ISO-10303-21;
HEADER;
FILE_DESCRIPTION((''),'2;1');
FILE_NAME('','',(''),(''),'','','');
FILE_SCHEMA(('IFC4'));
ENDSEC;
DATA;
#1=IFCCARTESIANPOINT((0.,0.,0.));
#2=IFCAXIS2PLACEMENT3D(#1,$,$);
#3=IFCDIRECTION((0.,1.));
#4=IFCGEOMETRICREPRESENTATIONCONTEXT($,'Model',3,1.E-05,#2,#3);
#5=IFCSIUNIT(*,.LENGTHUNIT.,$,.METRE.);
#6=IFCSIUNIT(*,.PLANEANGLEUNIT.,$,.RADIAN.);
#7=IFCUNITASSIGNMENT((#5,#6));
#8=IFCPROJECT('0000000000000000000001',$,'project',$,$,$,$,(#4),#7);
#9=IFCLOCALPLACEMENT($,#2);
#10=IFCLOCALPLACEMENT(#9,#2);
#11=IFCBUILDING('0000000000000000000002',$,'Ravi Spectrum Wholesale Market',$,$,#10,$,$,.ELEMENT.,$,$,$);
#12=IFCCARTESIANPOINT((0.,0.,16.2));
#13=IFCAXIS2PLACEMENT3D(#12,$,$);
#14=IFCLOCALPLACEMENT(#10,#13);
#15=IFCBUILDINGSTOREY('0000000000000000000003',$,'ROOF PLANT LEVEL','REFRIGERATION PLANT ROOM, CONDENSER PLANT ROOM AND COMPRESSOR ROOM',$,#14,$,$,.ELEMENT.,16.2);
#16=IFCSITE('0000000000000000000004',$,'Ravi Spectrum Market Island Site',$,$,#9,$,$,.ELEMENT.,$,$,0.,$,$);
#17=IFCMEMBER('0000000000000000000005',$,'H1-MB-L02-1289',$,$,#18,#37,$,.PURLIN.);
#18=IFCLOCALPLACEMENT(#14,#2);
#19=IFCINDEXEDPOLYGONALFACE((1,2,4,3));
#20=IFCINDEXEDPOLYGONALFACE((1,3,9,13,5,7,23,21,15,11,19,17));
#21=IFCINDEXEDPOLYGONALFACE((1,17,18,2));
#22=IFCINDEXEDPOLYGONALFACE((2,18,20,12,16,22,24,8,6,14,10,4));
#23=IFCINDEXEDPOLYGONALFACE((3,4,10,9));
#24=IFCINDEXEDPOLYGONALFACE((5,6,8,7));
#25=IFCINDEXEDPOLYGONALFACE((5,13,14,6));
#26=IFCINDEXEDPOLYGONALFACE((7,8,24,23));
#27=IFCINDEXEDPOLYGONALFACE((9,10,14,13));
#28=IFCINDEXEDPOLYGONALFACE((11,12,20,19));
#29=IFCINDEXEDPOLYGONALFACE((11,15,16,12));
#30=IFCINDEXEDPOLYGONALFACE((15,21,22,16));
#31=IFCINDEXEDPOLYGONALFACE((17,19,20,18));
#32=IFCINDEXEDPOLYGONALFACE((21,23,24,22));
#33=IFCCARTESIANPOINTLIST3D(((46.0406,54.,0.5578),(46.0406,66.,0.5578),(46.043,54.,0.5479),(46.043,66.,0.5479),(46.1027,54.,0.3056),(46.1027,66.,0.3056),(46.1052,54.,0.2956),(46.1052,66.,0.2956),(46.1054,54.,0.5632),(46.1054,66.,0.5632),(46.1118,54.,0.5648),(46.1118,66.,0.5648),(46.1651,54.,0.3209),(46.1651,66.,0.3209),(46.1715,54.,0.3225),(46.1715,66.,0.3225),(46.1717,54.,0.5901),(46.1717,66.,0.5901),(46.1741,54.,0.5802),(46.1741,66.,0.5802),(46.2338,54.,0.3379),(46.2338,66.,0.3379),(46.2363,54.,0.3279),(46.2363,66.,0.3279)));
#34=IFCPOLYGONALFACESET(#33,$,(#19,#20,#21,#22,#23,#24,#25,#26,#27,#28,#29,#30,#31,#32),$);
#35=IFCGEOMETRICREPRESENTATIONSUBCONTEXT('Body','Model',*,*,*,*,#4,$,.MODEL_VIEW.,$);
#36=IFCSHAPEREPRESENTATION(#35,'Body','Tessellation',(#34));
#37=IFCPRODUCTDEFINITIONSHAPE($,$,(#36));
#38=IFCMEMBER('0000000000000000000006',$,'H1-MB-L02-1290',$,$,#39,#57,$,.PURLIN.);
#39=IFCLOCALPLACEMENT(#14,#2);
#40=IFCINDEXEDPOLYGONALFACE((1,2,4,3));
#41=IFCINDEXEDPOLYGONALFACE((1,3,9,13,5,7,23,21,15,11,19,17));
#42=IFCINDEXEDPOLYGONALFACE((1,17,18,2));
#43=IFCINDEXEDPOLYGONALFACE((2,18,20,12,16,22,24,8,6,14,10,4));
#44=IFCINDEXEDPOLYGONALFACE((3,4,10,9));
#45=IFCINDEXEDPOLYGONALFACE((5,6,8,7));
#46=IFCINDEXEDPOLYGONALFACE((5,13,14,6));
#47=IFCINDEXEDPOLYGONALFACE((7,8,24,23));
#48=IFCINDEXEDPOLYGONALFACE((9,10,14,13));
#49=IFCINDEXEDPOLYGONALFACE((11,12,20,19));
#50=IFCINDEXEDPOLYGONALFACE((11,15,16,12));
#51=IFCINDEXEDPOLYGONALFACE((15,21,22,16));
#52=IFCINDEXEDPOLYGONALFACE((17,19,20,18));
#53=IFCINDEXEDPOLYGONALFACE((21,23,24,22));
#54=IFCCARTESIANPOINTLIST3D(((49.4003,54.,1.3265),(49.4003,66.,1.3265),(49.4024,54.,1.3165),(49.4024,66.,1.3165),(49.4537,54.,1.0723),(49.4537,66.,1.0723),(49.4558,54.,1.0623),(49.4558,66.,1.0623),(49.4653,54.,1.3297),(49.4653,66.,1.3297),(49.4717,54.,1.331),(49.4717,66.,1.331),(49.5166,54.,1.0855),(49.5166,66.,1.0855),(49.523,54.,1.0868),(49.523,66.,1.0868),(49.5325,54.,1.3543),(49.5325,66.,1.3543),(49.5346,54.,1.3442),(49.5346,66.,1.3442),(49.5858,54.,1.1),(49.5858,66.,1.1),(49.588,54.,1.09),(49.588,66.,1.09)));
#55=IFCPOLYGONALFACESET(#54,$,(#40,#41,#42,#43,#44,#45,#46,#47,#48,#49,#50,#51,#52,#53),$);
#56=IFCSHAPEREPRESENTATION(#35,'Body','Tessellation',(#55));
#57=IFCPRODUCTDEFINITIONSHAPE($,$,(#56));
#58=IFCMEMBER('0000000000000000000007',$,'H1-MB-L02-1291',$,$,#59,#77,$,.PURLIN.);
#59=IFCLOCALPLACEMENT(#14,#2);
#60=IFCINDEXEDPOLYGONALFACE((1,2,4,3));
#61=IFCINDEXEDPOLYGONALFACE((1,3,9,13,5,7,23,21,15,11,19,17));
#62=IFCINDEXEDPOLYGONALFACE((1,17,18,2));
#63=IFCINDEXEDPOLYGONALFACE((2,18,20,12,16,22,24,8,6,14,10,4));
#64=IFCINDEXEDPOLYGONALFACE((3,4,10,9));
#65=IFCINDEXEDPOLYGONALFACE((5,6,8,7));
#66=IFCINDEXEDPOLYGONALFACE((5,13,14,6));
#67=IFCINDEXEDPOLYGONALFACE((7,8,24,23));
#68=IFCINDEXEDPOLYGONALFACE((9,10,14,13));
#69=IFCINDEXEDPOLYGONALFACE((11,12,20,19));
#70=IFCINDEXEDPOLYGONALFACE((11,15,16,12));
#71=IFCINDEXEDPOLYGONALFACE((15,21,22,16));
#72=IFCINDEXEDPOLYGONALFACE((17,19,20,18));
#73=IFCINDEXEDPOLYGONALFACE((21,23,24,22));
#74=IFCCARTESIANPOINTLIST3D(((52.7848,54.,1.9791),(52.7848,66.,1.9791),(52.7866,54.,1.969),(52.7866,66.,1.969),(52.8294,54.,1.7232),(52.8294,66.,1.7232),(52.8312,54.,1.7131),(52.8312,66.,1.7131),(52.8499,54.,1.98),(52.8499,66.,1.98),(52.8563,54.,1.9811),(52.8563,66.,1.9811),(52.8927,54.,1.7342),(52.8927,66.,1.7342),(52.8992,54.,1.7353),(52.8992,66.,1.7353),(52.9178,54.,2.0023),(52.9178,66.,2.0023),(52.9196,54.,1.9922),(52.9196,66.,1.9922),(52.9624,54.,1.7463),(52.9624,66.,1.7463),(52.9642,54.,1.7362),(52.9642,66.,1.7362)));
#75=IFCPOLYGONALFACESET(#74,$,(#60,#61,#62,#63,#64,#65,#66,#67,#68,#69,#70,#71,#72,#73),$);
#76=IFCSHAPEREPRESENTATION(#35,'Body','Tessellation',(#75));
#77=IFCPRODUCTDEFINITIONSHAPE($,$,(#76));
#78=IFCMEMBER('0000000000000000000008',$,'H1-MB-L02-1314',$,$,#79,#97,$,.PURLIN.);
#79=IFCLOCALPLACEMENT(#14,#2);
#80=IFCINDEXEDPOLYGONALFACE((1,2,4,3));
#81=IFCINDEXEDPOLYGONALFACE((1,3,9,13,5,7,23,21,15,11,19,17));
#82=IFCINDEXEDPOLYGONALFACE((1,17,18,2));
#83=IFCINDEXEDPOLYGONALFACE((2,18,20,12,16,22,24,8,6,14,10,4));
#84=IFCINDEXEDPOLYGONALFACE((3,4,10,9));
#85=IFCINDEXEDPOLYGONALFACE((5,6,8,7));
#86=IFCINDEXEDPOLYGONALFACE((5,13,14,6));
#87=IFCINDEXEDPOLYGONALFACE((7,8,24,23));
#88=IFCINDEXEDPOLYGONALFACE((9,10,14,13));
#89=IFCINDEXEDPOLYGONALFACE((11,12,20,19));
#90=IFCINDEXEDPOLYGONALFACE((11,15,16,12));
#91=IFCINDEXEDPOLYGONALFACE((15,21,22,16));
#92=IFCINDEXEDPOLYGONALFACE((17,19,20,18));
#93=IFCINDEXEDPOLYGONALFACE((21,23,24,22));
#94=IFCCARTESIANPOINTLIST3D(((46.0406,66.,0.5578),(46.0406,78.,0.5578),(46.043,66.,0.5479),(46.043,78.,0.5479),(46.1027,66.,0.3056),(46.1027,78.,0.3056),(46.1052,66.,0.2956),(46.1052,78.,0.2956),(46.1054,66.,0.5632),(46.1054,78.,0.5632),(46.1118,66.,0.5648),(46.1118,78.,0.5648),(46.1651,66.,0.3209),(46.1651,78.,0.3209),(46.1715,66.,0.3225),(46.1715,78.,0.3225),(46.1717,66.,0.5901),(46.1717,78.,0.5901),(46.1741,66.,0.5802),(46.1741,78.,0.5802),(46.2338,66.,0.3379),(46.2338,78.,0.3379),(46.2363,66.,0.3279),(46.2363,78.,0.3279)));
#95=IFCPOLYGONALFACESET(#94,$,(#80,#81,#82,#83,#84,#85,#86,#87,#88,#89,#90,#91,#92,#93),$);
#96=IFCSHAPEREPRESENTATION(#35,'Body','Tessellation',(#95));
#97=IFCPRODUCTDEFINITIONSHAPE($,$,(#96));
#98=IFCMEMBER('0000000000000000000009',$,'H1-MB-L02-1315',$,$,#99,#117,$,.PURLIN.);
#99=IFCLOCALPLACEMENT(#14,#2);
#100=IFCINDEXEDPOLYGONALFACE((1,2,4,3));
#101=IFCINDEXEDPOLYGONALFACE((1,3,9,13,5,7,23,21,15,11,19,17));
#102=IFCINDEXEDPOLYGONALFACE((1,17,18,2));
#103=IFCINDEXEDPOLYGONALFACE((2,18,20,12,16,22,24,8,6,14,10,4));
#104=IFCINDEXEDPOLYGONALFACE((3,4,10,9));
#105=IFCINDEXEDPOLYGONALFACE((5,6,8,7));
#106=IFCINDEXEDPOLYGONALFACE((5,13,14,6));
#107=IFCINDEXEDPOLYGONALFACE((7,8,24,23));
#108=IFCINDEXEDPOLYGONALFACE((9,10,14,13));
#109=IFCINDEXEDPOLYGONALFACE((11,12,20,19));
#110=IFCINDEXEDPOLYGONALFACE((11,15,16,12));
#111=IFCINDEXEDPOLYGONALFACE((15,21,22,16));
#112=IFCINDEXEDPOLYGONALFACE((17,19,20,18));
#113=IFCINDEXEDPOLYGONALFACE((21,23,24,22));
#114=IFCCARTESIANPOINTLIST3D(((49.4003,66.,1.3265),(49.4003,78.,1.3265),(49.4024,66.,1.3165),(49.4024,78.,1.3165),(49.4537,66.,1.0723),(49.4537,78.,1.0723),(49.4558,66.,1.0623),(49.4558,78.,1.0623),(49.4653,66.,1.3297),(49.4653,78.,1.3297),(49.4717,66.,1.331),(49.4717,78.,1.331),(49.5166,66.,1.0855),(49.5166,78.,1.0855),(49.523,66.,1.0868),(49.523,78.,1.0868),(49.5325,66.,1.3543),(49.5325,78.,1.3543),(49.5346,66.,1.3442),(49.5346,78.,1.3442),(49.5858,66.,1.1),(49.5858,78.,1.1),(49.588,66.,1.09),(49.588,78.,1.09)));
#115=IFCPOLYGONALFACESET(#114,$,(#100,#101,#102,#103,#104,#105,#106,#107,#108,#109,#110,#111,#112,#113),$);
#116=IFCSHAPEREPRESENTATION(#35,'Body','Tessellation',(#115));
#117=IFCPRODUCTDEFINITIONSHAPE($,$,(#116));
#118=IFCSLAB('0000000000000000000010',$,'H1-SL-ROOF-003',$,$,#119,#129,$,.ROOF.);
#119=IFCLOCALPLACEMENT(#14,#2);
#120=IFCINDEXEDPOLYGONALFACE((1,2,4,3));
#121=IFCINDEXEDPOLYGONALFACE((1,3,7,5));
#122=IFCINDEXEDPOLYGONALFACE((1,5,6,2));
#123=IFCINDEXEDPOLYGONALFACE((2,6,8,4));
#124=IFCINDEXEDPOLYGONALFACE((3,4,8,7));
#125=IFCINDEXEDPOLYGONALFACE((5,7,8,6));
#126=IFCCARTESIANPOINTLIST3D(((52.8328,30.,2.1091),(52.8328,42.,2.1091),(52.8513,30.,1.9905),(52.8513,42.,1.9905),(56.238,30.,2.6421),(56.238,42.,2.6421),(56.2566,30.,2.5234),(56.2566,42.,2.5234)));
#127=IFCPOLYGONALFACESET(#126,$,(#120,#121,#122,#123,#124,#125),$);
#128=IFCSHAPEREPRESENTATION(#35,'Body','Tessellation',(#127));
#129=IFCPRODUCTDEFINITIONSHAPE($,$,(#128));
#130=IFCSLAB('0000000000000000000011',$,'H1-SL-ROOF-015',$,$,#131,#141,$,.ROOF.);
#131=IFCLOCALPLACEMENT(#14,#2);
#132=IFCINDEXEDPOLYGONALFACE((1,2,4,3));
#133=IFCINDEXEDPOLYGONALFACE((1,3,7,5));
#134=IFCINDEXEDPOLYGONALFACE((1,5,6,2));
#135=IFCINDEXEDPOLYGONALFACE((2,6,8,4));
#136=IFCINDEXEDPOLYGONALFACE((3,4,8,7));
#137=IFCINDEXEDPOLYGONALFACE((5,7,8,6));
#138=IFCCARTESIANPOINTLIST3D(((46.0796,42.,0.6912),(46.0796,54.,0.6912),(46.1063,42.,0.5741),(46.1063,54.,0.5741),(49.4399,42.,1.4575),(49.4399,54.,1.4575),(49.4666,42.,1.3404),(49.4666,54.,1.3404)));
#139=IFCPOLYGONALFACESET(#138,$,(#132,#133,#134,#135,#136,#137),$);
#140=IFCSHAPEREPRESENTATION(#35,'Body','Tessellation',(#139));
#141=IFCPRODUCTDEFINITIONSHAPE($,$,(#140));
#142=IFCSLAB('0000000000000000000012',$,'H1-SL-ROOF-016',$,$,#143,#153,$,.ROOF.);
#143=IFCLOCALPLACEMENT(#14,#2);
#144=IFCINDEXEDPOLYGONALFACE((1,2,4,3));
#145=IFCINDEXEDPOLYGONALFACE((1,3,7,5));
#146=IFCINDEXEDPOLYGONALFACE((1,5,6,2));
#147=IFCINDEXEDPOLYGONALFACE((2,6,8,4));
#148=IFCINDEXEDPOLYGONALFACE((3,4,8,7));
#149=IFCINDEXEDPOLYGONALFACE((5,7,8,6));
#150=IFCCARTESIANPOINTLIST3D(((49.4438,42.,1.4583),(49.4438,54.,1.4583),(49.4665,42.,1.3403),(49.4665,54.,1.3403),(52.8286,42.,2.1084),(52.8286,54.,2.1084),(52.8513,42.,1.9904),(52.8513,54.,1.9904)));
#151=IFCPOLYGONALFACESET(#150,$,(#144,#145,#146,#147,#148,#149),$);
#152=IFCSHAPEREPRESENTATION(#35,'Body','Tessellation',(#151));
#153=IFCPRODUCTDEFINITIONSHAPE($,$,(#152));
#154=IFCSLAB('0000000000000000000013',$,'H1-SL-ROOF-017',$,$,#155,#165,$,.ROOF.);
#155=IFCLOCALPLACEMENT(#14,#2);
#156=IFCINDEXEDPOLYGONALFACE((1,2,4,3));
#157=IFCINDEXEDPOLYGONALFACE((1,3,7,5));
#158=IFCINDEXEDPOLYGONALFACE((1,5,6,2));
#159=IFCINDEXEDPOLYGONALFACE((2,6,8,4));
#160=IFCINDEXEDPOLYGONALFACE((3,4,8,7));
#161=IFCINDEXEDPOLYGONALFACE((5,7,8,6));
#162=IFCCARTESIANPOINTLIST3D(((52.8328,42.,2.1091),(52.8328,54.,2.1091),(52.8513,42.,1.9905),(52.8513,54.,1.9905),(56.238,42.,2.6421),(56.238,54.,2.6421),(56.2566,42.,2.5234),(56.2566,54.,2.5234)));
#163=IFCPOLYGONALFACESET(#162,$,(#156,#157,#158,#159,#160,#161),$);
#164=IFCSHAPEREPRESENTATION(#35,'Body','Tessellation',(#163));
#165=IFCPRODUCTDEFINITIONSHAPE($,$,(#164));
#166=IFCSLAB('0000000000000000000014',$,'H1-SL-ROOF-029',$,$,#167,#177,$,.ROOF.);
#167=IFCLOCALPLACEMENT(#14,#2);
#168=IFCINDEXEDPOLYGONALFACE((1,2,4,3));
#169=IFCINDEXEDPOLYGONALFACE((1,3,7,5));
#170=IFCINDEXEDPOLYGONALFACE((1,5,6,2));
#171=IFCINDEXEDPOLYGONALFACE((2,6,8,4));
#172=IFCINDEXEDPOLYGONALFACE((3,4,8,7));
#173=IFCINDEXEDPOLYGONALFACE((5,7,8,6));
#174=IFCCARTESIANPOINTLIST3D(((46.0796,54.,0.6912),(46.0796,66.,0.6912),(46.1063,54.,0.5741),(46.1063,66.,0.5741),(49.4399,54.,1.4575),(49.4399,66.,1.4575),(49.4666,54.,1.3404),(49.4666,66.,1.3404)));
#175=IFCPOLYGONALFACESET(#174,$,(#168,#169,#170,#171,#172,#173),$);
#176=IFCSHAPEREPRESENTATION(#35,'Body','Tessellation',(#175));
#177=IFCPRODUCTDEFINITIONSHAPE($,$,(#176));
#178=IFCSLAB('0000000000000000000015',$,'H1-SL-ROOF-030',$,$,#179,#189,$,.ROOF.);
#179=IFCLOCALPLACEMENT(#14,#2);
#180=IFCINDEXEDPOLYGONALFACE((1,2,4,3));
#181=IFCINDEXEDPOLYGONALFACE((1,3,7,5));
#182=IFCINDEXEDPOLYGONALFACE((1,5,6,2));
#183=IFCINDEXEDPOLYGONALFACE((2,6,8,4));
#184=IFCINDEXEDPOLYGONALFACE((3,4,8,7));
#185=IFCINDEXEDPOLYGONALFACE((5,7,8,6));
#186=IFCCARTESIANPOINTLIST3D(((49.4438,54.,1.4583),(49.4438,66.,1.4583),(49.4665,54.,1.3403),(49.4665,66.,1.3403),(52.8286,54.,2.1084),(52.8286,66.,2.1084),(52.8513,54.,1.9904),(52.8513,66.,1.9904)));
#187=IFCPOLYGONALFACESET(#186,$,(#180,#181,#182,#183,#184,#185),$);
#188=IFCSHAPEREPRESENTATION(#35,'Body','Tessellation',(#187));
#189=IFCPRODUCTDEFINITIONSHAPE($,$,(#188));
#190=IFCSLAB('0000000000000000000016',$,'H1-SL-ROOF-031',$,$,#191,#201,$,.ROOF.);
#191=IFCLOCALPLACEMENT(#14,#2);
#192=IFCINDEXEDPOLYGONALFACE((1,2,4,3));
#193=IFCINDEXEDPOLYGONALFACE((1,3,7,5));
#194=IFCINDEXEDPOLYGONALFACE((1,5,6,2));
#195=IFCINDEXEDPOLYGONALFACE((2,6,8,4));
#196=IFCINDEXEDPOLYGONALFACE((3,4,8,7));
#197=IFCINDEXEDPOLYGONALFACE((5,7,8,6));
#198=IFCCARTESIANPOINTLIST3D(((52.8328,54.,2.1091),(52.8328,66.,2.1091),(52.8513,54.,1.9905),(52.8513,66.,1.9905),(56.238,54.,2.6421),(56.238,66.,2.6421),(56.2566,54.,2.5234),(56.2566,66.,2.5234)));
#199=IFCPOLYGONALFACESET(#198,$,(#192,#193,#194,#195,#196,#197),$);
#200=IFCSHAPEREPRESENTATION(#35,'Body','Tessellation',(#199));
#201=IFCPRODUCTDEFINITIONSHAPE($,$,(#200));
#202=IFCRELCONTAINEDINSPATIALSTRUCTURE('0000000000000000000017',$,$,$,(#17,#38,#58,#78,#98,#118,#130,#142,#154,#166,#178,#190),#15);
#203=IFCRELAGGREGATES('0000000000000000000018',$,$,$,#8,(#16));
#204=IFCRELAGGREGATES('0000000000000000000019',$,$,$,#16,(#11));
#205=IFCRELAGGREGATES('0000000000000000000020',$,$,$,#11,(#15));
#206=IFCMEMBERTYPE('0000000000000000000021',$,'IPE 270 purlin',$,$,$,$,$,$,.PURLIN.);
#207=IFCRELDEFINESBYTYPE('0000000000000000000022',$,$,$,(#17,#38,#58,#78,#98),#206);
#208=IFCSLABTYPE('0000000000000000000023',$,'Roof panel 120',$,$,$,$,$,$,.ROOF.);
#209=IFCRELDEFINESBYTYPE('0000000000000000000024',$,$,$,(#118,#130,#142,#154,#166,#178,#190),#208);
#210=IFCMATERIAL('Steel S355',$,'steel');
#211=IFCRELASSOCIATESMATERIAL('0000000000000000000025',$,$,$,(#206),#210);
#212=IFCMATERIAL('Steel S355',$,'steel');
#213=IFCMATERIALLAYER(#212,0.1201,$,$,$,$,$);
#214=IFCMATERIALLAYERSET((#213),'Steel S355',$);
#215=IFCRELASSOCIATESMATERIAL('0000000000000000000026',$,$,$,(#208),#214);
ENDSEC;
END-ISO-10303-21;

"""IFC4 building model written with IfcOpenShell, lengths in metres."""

from ifc_helpers import new_model, si_unit, direction, frame, origin, origin_2d, place, context, subcontext, project, spatial, polyline, i_section, outline, extrude, material, layer, layer_set, material_profile, profile_set, type_object, element, save


model = new_model("IFC4")

# Units and contexts
model_context = context("Model", 3, precision=1e-05, world=origin(), true_north=direction((0.0, 1.0)))
body_context = subcontext(model_context, "Body", "Model", "MODEL_VIEW")
ifc_project = project(units=[si_unit("LENGTHUNIT", "METRE"), si_unit("PLANEANGLEUNIT", "RADIAN")], contexts=[model_context])

# Site, building, storey
site_placement = place(None, origin())
site = spatial("IfcSite", under=ifc_project, at=site_placement, Name="Ravi Spectrum Market Island Site", CompositionType="ELEMENT", RefElevation=0.0)
building_placement = place(site_placement, origin())
building = spatial("IfcBuilding", under=site, at=building_placement, Name="Ravi Spectrum Wholesale Market", CompositionType="ELEMENT")
storey_placement = place(building_placement, frame((0.0, 0.0, 16.2)))
storey = spatial("IfcBuildingStorey", under=building, at=storey_placement, Name="ROOF PLANT LEVEL", Description="REFRIGERATION PLANT ROOM, CONDENSER PLANT ROOM AND COMPRESSOR ROOM", CompositionType="ELEMENT", Elevation=16.2)

# Members
ifc_material_1 = material(Name="Steel S355", Category="steel")
ifc_material_profile_1 = material_profile(ifc_material_1, i_section(OverallWidth=0.135, OverallDepth=0.27, WebThickness=0.0066, FlangeThickness=0.0103, at=origin_2d()))
ifc_profile_set_1 = profile_set([ifc_material_profile_1], Name="Steel S355")
member_type_1 = type_object("IfcMemberType", Name="IPE 270 purlin", PredefinedType="PURLIN", material=ifc_profile_set_1)
for number, where, z_axis, x_axis, name in (
    (1, (46.1384, 54.0, 0.4429), (0.0, 1.0, 0.0), (-0.970983, 0.0, -0.239151), "H1-MB-L02-1289"),
    (2, (49.4941, 54.0, 1.2083), (0.0, 1.0, 0.0), (-0.978653, 0.0, -0.205517), "H1-MB-L02-1290"),
    (3, (52.8745, 54.0, 1.8577), (0.0, 1.0, 0.0), (-0.98516, 0.0, -0.171639), "H1-MB-L02-1291"),
    (4, (46.1384, 66.0, 0.4429), (0.0, 1.0, 0.0), (-0.970983, 0.0, -0.239151), "H1-MB-L02-1314"),
    (5, (49.4941, 66.0, 1.2083), (0.0, 1.0, 0.0), (-0.978653, 0.0, -0.205517), "H1-MB-L02-1315"),
):
    element("IfcMember", number, at=place(storey_placement, frame(where, z_axis=z_axis, x_axis=x_axis)), inside=storey, type_object=member_type_1, Name=name, PredefinedType="PURLIN", context=body_context, shape_type="SweptSolid", body=[
        extrude(i_section(OverallWidth=0.135, OverallDepth=0.27, WebThickness=0.0066, FlangeThickness=0.0103, at=origin_2d()), origin(), (0.0, 0.0, 1.0), 12.0),
    ])

# Slabs
ifc_material_2 = material(Name="Steel S355", Category="steel")
ifc_layer_1 = layer(ifc_material_2, 0.1201)
ifc_layer_set_1 = layer_set([ifc_layer_1], Name="Steel S355")
slab_type = type_object("IfcSlabType", Name="Roof panel 120", PredefinedType="ROOF", material=ifc_layer_set_1)
slab_1_placement = place(storey_placement, frame((52.8328, 30.0, 2.1091), z_axis=(-0.154628, 0.0, 0.987973), x_axis=(0.987973, 0.0, 0.154628)))
element("IfcSlab", 6, at=slab_1_placement, inside=storey, type_object=slab_type, Name="H1-SL-ROOF-003", PredefinedType="ROOF", context=body_context, shape_type="SweptSolid", body=[
    extrude(outline(polyline([(0.0, 0.0), (3.4467, 0.0), (3.4467, 12.0), (0.0, 12.0), (0.0, 0.0)])), origin(), (0.0, 0.0, -1.0), 0.1201),
])
slab_2_placement = place(storey_placement, frame((46.0796, 42.0, 0.6912), z_axis=(-0.22235, 0.0, 0.974967), x_axis=(0.974967, 0.0, 0.22235)))
element("IfcSlab", 7, at=slab_2_placement, inside=storey, type_object=slab_type, Name="H1-SL-ROOF-015", PredefinedType="ROOF", context=body_context, shape_type="SweptSolid", body=[
    extrude(outline(polyline([(0.0, 0.0), (3.4466, 0.0), (3.4466, 12.0), (0.0, 12.0), (0.0, 0.0)])), origin(), (0.0, 0.0, -1.0), 0.1201),
])
slab_3_placement = place(storey_placement, frame((49.4438, 42.0, 1.4583), z_axis=(-0.188632, 0.0, 0.982048), x_axis=(0.982048, 0.0, 0.188632)))
element("IfcSlab", 8, at=slab_3_placement, inside=storey, type_object=slab_type, Name="H1-SL-ROOF-016", PredefinedType="ROOF", context=body_context, shape_type="SweptSolid", body=[
    extrude(outline(polyline([(0.0, 0.0), (3.4466, 0.0), (3.4466, 12.0), (0.0, 12.0), (0.0, 0.0)])), origin(), (0.0, 0.0, -1.0), 0.1201),
])
slab_4_placement = place(storey_placement, frame((52.8328, 42.0, 2.1091), z_axis=(-0.154628, 0.0, 0.987973), x_axis=(0.987973, 0.0, 0.154628)))
element("IfcSlab", 9, at=slab_4_placement, inside=storey, type_object=slab_type, Name="H1-SL-ROOF-017", PredefinedType="ROOF", context=body_context, shape_type="SweptSolid", body=[
    extrude(outline(polyline([(0.0, 0.0), (3.4467, 0.0), (3.4467, 12.0), (0.0, 12.0), (0.0, 0.0)])), origin(), (0.0, 0.0, -1.0), 0.1201),
])
slab_5_placement = place(storey_placement, frame((46.0796, 54.0, 0.6912), z_axis=(-0.22235, 0.0, 0.974967), x_axis=(0.974967, 0.0, 0.22235)))
element("IfcSlab", 10, at=slab_5_placement, inside=storey, type_object=slab_type, Name="H1-SL-ROOF-029", PredefinedType="ROOF", context=body_context, shape_type="SweptSolid", body=[
    extrude(outline(polyline([(0.0, 0.0), (3.4466, 0.0), (3.4466, 12.0), (0.0, 12.0), (0.0, 0.0)])), origin(), (0.0, 0.0, -1.0), 0.1201),
])
slab_6_placement = place(storey_placement, frame((49.4438, 54.0, 1.4583), z_axis=(-0.188632, 0.0, 0.982048), x_axis=(0.982048, 0.0, 0.188632)))
element("IfcSlab", 11, at=slab_6_placement, inside=storey, type_object=slab_type, Name="H1-SL-ROOF-030", PredefinedType="ROOF", context=body_context, shape_type="SweptSolid", body=[
    extrude(outline(polyline([(0.0, 0.0), (3.4466, 0.0), (3.4466, 12.0), (0.0, 12.0), (0.0, 0.0)])), origin(), (0.0, 0.0, -1.0), 0.1201),
])
slab_7_placement = place(storey_placement, frame((52.8328, 54.0, 2.1091), z_axis=(-0.154628, 0.0, 0.987973), x_axis=(0.987973, 0.0, 0.154628)))
element("IfcSlab", 12, at=slab_7_placement, inside=storey, type_object=slab_type, Name="H1-SL-ROOF-031", PredefinedType="ROOF", context=body_context, shape_type="SweptSolid", body=[
    extrude(outline(polyline([(0.0, 0.0), (3.4467, 0.0), (3.4467, 12.0), (0.0, 12.0), (0.0, 0.0)])), origin(), (0.0, 0.0, -1.0), 0.1201),
])

save(model, "model.ifc")
